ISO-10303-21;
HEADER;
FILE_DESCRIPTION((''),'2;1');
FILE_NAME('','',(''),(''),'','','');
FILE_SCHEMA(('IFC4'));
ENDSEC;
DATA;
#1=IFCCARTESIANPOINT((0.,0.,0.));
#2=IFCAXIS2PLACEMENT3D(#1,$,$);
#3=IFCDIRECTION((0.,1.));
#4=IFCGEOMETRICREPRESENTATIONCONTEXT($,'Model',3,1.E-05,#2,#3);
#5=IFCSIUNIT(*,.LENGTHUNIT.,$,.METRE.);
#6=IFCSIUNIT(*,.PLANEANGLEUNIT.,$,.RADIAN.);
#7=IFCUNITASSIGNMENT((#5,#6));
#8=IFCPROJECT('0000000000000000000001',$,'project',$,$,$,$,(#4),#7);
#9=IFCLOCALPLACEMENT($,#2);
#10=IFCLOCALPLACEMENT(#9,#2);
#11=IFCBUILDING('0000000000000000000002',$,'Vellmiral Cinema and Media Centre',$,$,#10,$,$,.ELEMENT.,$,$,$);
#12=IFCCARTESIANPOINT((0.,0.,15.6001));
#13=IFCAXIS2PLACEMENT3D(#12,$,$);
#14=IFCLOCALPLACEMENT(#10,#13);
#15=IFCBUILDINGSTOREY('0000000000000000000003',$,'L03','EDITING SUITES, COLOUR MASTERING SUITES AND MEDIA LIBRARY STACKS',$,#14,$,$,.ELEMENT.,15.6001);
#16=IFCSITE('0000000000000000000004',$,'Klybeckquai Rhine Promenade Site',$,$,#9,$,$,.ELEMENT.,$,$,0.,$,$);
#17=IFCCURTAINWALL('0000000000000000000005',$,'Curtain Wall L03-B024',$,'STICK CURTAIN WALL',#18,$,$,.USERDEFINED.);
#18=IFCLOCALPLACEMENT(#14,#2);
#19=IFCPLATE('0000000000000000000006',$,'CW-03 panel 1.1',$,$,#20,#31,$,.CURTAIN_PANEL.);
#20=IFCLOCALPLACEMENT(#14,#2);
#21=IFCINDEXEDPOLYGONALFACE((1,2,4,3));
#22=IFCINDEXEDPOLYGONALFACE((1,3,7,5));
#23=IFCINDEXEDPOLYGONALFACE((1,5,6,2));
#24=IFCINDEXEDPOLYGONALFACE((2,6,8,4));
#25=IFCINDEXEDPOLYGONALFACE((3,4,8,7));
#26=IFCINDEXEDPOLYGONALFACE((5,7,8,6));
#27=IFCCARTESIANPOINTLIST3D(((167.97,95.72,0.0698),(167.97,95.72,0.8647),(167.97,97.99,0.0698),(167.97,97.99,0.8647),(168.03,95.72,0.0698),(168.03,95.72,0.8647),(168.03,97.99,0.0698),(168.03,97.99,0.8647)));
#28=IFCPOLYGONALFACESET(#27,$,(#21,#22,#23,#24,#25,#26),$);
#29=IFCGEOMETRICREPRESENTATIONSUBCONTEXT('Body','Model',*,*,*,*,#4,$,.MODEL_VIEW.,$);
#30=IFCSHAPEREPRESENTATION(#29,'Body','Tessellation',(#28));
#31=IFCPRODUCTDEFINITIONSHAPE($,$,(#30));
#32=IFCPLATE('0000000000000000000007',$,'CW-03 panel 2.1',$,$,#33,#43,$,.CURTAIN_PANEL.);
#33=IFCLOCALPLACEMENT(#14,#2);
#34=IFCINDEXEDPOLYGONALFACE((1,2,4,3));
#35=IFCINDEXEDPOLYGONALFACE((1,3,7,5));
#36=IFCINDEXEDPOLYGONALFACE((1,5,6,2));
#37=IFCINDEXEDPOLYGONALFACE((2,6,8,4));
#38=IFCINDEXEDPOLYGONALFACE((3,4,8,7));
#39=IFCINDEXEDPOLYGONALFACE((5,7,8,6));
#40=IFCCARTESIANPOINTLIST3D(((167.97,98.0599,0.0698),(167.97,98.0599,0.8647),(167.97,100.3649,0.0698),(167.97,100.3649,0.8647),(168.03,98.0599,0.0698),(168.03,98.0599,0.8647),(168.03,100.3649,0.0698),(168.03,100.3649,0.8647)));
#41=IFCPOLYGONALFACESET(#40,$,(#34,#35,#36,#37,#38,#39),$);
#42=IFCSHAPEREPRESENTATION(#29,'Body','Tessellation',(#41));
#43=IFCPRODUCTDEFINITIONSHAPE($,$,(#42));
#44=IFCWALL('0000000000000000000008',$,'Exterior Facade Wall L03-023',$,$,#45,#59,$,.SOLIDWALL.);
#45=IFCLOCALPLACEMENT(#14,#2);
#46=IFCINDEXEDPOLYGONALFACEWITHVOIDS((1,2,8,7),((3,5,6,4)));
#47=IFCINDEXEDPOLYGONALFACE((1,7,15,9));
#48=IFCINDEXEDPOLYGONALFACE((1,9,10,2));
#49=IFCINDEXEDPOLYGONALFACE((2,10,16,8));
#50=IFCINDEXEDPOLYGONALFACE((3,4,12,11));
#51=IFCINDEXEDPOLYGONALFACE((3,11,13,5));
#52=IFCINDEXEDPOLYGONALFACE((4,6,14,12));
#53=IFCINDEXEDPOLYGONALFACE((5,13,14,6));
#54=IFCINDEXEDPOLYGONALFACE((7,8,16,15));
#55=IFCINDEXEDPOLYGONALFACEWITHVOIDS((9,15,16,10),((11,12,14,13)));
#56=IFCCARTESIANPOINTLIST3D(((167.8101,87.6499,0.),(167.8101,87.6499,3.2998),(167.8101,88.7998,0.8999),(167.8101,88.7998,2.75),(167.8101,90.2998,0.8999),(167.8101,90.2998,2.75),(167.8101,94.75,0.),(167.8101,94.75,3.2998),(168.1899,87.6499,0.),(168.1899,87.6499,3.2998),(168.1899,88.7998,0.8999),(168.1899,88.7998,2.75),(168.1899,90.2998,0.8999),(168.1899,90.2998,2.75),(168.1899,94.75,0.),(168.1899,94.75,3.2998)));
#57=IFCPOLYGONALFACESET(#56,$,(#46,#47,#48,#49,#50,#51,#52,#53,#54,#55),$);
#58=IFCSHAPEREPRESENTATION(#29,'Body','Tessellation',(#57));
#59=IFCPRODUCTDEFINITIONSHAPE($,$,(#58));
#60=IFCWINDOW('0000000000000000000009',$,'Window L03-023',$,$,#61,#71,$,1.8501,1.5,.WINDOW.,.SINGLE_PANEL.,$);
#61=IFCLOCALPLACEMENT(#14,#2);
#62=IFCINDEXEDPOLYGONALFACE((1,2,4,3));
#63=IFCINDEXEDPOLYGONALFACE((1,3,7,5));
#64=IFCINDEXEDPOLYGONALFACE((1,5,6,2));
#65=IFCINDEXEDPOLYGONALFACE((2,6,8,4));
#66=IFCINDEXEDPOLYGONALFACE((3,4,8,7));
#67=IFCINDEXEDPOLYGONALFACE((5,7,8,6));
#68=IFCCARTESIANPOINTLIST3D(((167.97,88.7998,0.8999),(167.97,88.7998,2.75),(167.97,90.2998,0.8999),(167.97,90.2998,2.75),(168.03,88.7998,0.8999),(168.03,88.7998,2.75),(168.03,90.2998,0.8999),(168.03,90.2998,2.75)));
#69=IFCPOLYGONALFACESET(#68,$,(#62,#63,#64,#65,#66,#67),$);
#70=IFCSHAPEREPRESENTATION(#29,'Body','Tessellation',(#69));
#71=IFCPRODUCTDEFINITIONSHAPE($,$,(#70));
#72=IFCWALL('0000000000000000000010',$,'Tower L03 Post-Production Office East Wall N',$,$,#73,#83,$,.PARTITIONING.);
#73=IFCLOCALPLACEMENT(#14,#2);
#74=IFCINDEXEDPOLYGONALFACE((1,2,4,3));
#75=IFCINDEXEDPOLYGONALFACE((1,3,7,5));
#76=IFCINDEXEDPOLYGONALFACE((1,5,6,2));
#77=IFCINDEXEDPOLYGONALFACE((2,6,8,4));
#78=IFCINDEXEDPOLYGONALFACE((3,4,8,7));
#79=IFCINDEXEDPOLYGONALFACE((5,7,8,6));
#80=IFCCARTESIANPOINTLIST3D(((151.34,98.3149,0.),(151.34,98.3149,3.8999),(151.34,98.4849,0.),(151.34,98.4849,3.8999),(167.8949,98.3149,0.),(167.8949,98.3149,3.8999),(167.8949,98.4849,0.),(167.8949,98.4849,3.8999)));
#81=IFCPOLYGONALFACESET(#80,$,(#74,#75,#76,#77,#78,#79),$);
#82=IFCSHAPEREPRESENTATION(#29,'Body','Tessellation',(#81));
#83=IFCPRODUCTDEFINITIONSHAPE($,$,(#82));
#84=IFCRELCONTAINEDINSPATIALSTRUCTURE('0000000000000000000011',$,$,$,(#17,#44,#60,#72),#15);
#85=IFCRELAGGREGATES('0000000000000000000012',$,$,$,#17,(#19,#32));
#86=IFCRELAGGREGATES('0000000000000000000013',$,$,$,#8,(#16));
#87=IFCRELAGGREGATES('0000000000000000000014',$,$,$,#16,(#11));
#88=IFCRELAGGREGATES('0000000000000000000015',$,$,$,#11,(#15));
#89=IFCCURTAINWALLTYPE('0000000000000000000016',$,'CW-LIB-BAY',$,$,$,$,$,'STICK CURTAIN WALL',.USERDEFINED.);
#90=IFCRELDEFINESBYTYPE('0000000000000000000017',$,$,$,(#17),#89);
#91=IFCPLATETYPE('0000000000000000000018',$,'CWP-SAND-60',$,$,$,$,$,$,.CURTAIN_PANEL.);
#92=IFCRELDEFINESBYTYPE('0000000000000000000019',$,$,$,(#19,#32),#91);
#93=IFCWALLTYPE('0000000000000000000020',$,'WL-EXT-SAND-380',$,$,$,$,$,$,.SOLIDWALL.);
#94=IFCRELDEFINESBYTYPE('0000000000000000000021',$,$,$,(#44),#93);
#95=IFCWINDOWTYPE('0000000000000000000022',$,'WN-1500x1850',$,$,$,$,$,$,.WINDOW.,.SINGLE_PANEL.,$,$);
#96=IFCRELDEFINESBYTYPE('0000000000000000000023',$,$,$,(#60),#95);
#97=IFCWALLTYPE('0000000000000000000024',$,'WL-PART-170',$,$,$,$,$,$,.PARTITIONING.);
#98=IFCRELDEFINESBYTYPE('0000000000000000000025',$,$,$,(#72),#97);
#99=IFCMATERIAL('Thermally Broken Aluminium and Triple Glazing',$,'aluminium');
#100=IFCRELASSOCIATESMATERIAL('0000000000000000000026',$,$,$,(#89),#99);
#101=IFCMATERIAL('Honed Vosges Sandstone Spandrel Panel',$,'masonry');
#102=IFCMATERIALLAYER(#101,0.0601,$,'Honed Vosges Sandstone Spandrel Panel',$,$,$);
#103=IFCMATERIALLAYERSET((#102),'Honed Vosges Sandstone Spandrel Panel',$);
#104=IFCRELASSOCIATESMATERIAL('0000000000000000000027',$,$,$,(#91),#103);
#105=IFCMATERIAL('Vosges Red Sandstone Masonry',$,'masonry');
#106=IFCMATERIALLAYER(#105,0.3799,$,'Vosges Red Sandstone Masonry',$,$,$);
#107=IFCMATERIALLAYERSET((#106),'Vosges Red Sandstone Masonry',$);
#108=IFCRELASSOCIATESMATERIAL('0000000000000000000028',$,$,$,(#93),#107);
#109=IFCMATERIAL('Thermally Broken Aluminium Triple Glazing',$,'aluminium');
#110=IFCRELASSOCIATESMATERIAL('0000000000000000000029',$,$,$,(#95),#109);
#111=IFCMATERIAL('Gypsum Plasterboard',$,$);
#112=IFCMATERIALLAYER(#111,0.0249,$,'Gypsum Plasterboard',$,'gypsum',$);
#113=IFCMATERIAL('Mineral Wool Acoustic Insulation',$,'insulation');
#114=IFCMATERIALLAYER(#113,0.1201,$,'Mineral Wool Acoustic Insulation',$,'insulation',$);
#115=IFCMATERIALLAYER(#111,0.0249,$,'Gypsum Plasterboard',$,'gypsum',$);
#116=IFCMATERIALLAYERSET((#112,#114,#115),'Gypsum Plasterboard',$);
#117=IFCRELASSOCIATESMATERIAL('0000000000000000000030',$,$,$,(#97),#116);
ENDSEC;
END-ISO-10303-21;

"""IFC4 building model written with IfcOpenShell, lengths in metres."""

from ifc_helpers import new_model, si_unit, direction, frame, frame_2d, origin, origin_2d, place, context, subcontext, project, spatial, rectangle, extrude, material, layer, layer_set, type_object, element, fill, aggregate, save


model = new_model("IFC4")

# Units and contexts
model_context = context("Model", 3, precision=1e-05, world=origin(), true_north=direction((0.0, 1.0)))
body_context = subcontext(model_context, "Body", "Model", "MODEL_VIEW")
ifc_project = project(units=[si_unit("LENGTHUNIT", "METRE"), si_unit("PLANEANGLEUNIT", "RADIAN")], contexts=[model_context])

# Site, building, storey
site_placement = place(None, origin())
site = spatial("IfcSite", under=ifc_project, at=site_placement, Name="Klybeckquai Rhine Promenade Site", CompositionType="ELEMENT", RefElevation=0.0)
building_placement = place(site_placement, origin())
building = spatial("IfcBuilding", under=site, at=building_placement, Name="Vellmiral Cinema and Media Centre", CompositionType="ELEMENT")
storey_placement = place(building_placement, frame((0.0, 0.0, 15.6001)))
storey = spatial("IfcBuildingStorey", under=building, at=storey_placement, Name="L03", Description="EDITING SUITES, COLOUR MASTERING SUITES AND MEDIA LIBRARY STACKS", CompositionType="ELEMENT", Elevation=15.6001)

# Curtain wall
ifc_material_1 = material(Name="Thermally Broken Aluminium and Triple Glazing", Category="aluminium")
curtain_wall_type = type_object("IfcCurtainWallType", Name="CW-LIB-BAY", ElementType="STICK CURTAIN WALL", PredefinedType="USERDEFINED", material=ifc_material_1)
curtain_wall_placement = place(storey_placement, origin())
curtain_wall = element("IfcCurtainWall", 1, at=curtain_wall_placement, inside=storey, type_object=curtain_wall_type, Name="Curtain Wall L03-B024", ObjectType="STICK CURTAIN WALL", PredefinedType="USERDEFINED")

# Plates
ifc_material_2 = material(Name="Honed Vosges Sandstone Spandrel Panel", Category="masonry")
ifc_layer_1 = layer(ifc_material_2, 0.0601, Name="Honed Vosges Sandstone Spandrel Panel")
ifc_layer_set_1 = layer_set([ifc_layer_1], Name="Honed Vosges Sandstone Spandrel Panel")
plate_type_1 = type_object("IfcPlateType", Name="CWP-SAND-60", PredefinedType="CURTAIN_PANEL", material=ifc_layer_set_1)
plate_1_placement = place(storey_placement, frame((168.0, 96.855, 0.0698), z_axis=(0.0, 0.0, 1.0), x_axis=(0.0, 1.0, 0.0)))
plate_1 = element("IfcPlate", 2, at=plate_1_placement, type_object=plate_type_1, Name="CW-03 panel 1.1", PredefinedType="CURTAIN_PANEL", context=body_context, shape_type="SweptSolid", body=[
    extrude(rectangle(XDim=2.27, YDim=0.0601, at=origin_2d()), origin(), (0.0, 0.0, 1.0), 0.7949),
])
plate_2_placement = place(storey_placement, frame((168.0, 99.2124, 0.0698), z_axis=(0.0, 0.0, 1.0), x_axis=(0.0, 1.0, 0.0)))
plate_2 = element("IfcPlate", 3, at=plate_2_placement, type_object=plate_type_1, Name="CW-03 panel 2.1", PredefinedType="CURTAIN_PANEL", context=body_context, shape_type="SweptSolid", body=[
    extrude(rectangle(XDim=2.3049, YDim=0.0601, at=origin_2d()), origin(), (0.0, 0.0, 1.0), 0.7949),
])
aggregate(curtain_wall, [plate_1, plate_2])

# Wall, opening, window
ifc_material_3 = material(Name="Vosges Red Sandstone Masonry", Category="masonry")
ifc_layer_2 = layer(ifc_material_3, 0.3799, Name="Vosges Red Sandstone Masonry")
ifc_layer_set_2 = layer_set([ifc_layer_2], Name="Vosges Red Sandstone Masonry")
wall_type_1 = type_object("IfcWallType", Name="WL-EXT-SAND-380", PredefinedType="SOLIDWALL", material=ifc_layer_set_2)
wall_1_placement = place(storey_placement, frame((168.0, 87.6499, 0.0), z_axis=(0.0, 0.0, 1.0), x_axis=(0.0, 1.0, 0.0)))
wall_1 = element("IfcWall", 4, at=wall_1_placement, inside=storey, type_object=wall_type_1, Name="Exterior Facade Wall L03-023", PredefinedType="SOLIDWALL", context=body_context, shape_type="SweptSolid", body=[
    extrude(rectangle(XDim=7.1001, YDim=0.3799, at=frame_2d((3.55, 0.0))), origin(), (0.0, 0.0, 1.0), 3.2998),
])
opening_placement = place(wall_1_placement, frame((1.1499, 0.0, 0.8999)))
opening = element("IfcOpeningElement", 5, at=opening_placement, cuts=wall_1, PredefinedType="OPENING", context=body_context, shape_type="SweptSolid", body=[
    extrude(rectangle(XDim=1.5, YDim=1.8501, at=frame_2d((0.75, 0.925))), frame((0.0, 0.2019, 0.0), z_axis=(0.0, -1.0, 0.0), x_axis=(1.0, 0.0, 0.0)), (0.0, 0.0, 1.0), 0.4038),
])
ifc_material_4 = material(Name="Thermally Broken Aluminium Triple Glazing", Category="aluminium")
window_type = type_object("IfcWindowType", Name="WN-1500x1850", PartitioningType="SINGLE_PANEL", PredefinedType="WINDOW", material=ifc_material_4)
window_placement = place(opening_placement, origin())
window = element("IfcWindow", 6, at=window_placement, inside=storey, type_object=window_type, Name="Window L03-023", OverallHeight=1.8501, OverallWidth=1.5, PartitioningType="SINGLE_PANEL", PredefinedType="WINDOW", context=body_context, shape_type="SweptSolid", body=[
    extrude(rectangle(XDim=1.5, YDim=1.8501, at=frame_2d((0.75, 0.925))), frame((0.0, 0.03, 0.0), z_axis=(0.0, -1.0, 0.0), x_axis=(1.0, 0.0, 0.0)), (0.0, 0.0, 1.0), 0.0601),
])
fill(opening, window)

# Wall
ifc_material_5 = material(Name="Gypsum Plasterboard")
ifc_layer_3 = layer(ifc_material_5, 0.0249, Name="Gypsum Plasterboard", Category="gypsum")
ifc_material_6 = material(Name="Mineral Wool Acoustic Insulation", Category="insulation")
ifc_layer_4 = layer(ifc_material_6, 0.1201, Name="Mineral Wool Acoustic Insulation", Category="insulation")
ifc_layer_5 = layer(ifc_material_5, 0.0249, Name="Gypsum Plasterboard", Category="gypsum")
ifc_layer_set_3 = layer_set([ifc_layer_3, ifc_layer_4, ifc_layer_5], Name="Gypsum Plasterboard")
wall_type_2 = type_object("IfcWallType", Name="WL-PART-170", PredefinedType="PARTITIONING", material=ifc_layer_set_3)
wall_2_placement = place(storey_placement, frame((151.3401, 98.3999, 0.0), z_axis=(0.0, 0.0, 1.0), x_axis=(1.0, 0.0, 0.0)))
element("IfcWall", 7, at=wall_2_placement, inside=storey, type_object=wall_type_2, Name="Tower L03 Post-Production Office East Wall N", PredefinedType="PARTITIONING", context=body_context, shape_type="SweptSolid", body=[
    extrude(rectangle(XDim=16.5549, YDim=0.1699, at=frame_2d((8.2773, 0.0))), origin(), (0.0, 0.0, 1.0), 3.8999),
])

save(model, "model.ifc")
